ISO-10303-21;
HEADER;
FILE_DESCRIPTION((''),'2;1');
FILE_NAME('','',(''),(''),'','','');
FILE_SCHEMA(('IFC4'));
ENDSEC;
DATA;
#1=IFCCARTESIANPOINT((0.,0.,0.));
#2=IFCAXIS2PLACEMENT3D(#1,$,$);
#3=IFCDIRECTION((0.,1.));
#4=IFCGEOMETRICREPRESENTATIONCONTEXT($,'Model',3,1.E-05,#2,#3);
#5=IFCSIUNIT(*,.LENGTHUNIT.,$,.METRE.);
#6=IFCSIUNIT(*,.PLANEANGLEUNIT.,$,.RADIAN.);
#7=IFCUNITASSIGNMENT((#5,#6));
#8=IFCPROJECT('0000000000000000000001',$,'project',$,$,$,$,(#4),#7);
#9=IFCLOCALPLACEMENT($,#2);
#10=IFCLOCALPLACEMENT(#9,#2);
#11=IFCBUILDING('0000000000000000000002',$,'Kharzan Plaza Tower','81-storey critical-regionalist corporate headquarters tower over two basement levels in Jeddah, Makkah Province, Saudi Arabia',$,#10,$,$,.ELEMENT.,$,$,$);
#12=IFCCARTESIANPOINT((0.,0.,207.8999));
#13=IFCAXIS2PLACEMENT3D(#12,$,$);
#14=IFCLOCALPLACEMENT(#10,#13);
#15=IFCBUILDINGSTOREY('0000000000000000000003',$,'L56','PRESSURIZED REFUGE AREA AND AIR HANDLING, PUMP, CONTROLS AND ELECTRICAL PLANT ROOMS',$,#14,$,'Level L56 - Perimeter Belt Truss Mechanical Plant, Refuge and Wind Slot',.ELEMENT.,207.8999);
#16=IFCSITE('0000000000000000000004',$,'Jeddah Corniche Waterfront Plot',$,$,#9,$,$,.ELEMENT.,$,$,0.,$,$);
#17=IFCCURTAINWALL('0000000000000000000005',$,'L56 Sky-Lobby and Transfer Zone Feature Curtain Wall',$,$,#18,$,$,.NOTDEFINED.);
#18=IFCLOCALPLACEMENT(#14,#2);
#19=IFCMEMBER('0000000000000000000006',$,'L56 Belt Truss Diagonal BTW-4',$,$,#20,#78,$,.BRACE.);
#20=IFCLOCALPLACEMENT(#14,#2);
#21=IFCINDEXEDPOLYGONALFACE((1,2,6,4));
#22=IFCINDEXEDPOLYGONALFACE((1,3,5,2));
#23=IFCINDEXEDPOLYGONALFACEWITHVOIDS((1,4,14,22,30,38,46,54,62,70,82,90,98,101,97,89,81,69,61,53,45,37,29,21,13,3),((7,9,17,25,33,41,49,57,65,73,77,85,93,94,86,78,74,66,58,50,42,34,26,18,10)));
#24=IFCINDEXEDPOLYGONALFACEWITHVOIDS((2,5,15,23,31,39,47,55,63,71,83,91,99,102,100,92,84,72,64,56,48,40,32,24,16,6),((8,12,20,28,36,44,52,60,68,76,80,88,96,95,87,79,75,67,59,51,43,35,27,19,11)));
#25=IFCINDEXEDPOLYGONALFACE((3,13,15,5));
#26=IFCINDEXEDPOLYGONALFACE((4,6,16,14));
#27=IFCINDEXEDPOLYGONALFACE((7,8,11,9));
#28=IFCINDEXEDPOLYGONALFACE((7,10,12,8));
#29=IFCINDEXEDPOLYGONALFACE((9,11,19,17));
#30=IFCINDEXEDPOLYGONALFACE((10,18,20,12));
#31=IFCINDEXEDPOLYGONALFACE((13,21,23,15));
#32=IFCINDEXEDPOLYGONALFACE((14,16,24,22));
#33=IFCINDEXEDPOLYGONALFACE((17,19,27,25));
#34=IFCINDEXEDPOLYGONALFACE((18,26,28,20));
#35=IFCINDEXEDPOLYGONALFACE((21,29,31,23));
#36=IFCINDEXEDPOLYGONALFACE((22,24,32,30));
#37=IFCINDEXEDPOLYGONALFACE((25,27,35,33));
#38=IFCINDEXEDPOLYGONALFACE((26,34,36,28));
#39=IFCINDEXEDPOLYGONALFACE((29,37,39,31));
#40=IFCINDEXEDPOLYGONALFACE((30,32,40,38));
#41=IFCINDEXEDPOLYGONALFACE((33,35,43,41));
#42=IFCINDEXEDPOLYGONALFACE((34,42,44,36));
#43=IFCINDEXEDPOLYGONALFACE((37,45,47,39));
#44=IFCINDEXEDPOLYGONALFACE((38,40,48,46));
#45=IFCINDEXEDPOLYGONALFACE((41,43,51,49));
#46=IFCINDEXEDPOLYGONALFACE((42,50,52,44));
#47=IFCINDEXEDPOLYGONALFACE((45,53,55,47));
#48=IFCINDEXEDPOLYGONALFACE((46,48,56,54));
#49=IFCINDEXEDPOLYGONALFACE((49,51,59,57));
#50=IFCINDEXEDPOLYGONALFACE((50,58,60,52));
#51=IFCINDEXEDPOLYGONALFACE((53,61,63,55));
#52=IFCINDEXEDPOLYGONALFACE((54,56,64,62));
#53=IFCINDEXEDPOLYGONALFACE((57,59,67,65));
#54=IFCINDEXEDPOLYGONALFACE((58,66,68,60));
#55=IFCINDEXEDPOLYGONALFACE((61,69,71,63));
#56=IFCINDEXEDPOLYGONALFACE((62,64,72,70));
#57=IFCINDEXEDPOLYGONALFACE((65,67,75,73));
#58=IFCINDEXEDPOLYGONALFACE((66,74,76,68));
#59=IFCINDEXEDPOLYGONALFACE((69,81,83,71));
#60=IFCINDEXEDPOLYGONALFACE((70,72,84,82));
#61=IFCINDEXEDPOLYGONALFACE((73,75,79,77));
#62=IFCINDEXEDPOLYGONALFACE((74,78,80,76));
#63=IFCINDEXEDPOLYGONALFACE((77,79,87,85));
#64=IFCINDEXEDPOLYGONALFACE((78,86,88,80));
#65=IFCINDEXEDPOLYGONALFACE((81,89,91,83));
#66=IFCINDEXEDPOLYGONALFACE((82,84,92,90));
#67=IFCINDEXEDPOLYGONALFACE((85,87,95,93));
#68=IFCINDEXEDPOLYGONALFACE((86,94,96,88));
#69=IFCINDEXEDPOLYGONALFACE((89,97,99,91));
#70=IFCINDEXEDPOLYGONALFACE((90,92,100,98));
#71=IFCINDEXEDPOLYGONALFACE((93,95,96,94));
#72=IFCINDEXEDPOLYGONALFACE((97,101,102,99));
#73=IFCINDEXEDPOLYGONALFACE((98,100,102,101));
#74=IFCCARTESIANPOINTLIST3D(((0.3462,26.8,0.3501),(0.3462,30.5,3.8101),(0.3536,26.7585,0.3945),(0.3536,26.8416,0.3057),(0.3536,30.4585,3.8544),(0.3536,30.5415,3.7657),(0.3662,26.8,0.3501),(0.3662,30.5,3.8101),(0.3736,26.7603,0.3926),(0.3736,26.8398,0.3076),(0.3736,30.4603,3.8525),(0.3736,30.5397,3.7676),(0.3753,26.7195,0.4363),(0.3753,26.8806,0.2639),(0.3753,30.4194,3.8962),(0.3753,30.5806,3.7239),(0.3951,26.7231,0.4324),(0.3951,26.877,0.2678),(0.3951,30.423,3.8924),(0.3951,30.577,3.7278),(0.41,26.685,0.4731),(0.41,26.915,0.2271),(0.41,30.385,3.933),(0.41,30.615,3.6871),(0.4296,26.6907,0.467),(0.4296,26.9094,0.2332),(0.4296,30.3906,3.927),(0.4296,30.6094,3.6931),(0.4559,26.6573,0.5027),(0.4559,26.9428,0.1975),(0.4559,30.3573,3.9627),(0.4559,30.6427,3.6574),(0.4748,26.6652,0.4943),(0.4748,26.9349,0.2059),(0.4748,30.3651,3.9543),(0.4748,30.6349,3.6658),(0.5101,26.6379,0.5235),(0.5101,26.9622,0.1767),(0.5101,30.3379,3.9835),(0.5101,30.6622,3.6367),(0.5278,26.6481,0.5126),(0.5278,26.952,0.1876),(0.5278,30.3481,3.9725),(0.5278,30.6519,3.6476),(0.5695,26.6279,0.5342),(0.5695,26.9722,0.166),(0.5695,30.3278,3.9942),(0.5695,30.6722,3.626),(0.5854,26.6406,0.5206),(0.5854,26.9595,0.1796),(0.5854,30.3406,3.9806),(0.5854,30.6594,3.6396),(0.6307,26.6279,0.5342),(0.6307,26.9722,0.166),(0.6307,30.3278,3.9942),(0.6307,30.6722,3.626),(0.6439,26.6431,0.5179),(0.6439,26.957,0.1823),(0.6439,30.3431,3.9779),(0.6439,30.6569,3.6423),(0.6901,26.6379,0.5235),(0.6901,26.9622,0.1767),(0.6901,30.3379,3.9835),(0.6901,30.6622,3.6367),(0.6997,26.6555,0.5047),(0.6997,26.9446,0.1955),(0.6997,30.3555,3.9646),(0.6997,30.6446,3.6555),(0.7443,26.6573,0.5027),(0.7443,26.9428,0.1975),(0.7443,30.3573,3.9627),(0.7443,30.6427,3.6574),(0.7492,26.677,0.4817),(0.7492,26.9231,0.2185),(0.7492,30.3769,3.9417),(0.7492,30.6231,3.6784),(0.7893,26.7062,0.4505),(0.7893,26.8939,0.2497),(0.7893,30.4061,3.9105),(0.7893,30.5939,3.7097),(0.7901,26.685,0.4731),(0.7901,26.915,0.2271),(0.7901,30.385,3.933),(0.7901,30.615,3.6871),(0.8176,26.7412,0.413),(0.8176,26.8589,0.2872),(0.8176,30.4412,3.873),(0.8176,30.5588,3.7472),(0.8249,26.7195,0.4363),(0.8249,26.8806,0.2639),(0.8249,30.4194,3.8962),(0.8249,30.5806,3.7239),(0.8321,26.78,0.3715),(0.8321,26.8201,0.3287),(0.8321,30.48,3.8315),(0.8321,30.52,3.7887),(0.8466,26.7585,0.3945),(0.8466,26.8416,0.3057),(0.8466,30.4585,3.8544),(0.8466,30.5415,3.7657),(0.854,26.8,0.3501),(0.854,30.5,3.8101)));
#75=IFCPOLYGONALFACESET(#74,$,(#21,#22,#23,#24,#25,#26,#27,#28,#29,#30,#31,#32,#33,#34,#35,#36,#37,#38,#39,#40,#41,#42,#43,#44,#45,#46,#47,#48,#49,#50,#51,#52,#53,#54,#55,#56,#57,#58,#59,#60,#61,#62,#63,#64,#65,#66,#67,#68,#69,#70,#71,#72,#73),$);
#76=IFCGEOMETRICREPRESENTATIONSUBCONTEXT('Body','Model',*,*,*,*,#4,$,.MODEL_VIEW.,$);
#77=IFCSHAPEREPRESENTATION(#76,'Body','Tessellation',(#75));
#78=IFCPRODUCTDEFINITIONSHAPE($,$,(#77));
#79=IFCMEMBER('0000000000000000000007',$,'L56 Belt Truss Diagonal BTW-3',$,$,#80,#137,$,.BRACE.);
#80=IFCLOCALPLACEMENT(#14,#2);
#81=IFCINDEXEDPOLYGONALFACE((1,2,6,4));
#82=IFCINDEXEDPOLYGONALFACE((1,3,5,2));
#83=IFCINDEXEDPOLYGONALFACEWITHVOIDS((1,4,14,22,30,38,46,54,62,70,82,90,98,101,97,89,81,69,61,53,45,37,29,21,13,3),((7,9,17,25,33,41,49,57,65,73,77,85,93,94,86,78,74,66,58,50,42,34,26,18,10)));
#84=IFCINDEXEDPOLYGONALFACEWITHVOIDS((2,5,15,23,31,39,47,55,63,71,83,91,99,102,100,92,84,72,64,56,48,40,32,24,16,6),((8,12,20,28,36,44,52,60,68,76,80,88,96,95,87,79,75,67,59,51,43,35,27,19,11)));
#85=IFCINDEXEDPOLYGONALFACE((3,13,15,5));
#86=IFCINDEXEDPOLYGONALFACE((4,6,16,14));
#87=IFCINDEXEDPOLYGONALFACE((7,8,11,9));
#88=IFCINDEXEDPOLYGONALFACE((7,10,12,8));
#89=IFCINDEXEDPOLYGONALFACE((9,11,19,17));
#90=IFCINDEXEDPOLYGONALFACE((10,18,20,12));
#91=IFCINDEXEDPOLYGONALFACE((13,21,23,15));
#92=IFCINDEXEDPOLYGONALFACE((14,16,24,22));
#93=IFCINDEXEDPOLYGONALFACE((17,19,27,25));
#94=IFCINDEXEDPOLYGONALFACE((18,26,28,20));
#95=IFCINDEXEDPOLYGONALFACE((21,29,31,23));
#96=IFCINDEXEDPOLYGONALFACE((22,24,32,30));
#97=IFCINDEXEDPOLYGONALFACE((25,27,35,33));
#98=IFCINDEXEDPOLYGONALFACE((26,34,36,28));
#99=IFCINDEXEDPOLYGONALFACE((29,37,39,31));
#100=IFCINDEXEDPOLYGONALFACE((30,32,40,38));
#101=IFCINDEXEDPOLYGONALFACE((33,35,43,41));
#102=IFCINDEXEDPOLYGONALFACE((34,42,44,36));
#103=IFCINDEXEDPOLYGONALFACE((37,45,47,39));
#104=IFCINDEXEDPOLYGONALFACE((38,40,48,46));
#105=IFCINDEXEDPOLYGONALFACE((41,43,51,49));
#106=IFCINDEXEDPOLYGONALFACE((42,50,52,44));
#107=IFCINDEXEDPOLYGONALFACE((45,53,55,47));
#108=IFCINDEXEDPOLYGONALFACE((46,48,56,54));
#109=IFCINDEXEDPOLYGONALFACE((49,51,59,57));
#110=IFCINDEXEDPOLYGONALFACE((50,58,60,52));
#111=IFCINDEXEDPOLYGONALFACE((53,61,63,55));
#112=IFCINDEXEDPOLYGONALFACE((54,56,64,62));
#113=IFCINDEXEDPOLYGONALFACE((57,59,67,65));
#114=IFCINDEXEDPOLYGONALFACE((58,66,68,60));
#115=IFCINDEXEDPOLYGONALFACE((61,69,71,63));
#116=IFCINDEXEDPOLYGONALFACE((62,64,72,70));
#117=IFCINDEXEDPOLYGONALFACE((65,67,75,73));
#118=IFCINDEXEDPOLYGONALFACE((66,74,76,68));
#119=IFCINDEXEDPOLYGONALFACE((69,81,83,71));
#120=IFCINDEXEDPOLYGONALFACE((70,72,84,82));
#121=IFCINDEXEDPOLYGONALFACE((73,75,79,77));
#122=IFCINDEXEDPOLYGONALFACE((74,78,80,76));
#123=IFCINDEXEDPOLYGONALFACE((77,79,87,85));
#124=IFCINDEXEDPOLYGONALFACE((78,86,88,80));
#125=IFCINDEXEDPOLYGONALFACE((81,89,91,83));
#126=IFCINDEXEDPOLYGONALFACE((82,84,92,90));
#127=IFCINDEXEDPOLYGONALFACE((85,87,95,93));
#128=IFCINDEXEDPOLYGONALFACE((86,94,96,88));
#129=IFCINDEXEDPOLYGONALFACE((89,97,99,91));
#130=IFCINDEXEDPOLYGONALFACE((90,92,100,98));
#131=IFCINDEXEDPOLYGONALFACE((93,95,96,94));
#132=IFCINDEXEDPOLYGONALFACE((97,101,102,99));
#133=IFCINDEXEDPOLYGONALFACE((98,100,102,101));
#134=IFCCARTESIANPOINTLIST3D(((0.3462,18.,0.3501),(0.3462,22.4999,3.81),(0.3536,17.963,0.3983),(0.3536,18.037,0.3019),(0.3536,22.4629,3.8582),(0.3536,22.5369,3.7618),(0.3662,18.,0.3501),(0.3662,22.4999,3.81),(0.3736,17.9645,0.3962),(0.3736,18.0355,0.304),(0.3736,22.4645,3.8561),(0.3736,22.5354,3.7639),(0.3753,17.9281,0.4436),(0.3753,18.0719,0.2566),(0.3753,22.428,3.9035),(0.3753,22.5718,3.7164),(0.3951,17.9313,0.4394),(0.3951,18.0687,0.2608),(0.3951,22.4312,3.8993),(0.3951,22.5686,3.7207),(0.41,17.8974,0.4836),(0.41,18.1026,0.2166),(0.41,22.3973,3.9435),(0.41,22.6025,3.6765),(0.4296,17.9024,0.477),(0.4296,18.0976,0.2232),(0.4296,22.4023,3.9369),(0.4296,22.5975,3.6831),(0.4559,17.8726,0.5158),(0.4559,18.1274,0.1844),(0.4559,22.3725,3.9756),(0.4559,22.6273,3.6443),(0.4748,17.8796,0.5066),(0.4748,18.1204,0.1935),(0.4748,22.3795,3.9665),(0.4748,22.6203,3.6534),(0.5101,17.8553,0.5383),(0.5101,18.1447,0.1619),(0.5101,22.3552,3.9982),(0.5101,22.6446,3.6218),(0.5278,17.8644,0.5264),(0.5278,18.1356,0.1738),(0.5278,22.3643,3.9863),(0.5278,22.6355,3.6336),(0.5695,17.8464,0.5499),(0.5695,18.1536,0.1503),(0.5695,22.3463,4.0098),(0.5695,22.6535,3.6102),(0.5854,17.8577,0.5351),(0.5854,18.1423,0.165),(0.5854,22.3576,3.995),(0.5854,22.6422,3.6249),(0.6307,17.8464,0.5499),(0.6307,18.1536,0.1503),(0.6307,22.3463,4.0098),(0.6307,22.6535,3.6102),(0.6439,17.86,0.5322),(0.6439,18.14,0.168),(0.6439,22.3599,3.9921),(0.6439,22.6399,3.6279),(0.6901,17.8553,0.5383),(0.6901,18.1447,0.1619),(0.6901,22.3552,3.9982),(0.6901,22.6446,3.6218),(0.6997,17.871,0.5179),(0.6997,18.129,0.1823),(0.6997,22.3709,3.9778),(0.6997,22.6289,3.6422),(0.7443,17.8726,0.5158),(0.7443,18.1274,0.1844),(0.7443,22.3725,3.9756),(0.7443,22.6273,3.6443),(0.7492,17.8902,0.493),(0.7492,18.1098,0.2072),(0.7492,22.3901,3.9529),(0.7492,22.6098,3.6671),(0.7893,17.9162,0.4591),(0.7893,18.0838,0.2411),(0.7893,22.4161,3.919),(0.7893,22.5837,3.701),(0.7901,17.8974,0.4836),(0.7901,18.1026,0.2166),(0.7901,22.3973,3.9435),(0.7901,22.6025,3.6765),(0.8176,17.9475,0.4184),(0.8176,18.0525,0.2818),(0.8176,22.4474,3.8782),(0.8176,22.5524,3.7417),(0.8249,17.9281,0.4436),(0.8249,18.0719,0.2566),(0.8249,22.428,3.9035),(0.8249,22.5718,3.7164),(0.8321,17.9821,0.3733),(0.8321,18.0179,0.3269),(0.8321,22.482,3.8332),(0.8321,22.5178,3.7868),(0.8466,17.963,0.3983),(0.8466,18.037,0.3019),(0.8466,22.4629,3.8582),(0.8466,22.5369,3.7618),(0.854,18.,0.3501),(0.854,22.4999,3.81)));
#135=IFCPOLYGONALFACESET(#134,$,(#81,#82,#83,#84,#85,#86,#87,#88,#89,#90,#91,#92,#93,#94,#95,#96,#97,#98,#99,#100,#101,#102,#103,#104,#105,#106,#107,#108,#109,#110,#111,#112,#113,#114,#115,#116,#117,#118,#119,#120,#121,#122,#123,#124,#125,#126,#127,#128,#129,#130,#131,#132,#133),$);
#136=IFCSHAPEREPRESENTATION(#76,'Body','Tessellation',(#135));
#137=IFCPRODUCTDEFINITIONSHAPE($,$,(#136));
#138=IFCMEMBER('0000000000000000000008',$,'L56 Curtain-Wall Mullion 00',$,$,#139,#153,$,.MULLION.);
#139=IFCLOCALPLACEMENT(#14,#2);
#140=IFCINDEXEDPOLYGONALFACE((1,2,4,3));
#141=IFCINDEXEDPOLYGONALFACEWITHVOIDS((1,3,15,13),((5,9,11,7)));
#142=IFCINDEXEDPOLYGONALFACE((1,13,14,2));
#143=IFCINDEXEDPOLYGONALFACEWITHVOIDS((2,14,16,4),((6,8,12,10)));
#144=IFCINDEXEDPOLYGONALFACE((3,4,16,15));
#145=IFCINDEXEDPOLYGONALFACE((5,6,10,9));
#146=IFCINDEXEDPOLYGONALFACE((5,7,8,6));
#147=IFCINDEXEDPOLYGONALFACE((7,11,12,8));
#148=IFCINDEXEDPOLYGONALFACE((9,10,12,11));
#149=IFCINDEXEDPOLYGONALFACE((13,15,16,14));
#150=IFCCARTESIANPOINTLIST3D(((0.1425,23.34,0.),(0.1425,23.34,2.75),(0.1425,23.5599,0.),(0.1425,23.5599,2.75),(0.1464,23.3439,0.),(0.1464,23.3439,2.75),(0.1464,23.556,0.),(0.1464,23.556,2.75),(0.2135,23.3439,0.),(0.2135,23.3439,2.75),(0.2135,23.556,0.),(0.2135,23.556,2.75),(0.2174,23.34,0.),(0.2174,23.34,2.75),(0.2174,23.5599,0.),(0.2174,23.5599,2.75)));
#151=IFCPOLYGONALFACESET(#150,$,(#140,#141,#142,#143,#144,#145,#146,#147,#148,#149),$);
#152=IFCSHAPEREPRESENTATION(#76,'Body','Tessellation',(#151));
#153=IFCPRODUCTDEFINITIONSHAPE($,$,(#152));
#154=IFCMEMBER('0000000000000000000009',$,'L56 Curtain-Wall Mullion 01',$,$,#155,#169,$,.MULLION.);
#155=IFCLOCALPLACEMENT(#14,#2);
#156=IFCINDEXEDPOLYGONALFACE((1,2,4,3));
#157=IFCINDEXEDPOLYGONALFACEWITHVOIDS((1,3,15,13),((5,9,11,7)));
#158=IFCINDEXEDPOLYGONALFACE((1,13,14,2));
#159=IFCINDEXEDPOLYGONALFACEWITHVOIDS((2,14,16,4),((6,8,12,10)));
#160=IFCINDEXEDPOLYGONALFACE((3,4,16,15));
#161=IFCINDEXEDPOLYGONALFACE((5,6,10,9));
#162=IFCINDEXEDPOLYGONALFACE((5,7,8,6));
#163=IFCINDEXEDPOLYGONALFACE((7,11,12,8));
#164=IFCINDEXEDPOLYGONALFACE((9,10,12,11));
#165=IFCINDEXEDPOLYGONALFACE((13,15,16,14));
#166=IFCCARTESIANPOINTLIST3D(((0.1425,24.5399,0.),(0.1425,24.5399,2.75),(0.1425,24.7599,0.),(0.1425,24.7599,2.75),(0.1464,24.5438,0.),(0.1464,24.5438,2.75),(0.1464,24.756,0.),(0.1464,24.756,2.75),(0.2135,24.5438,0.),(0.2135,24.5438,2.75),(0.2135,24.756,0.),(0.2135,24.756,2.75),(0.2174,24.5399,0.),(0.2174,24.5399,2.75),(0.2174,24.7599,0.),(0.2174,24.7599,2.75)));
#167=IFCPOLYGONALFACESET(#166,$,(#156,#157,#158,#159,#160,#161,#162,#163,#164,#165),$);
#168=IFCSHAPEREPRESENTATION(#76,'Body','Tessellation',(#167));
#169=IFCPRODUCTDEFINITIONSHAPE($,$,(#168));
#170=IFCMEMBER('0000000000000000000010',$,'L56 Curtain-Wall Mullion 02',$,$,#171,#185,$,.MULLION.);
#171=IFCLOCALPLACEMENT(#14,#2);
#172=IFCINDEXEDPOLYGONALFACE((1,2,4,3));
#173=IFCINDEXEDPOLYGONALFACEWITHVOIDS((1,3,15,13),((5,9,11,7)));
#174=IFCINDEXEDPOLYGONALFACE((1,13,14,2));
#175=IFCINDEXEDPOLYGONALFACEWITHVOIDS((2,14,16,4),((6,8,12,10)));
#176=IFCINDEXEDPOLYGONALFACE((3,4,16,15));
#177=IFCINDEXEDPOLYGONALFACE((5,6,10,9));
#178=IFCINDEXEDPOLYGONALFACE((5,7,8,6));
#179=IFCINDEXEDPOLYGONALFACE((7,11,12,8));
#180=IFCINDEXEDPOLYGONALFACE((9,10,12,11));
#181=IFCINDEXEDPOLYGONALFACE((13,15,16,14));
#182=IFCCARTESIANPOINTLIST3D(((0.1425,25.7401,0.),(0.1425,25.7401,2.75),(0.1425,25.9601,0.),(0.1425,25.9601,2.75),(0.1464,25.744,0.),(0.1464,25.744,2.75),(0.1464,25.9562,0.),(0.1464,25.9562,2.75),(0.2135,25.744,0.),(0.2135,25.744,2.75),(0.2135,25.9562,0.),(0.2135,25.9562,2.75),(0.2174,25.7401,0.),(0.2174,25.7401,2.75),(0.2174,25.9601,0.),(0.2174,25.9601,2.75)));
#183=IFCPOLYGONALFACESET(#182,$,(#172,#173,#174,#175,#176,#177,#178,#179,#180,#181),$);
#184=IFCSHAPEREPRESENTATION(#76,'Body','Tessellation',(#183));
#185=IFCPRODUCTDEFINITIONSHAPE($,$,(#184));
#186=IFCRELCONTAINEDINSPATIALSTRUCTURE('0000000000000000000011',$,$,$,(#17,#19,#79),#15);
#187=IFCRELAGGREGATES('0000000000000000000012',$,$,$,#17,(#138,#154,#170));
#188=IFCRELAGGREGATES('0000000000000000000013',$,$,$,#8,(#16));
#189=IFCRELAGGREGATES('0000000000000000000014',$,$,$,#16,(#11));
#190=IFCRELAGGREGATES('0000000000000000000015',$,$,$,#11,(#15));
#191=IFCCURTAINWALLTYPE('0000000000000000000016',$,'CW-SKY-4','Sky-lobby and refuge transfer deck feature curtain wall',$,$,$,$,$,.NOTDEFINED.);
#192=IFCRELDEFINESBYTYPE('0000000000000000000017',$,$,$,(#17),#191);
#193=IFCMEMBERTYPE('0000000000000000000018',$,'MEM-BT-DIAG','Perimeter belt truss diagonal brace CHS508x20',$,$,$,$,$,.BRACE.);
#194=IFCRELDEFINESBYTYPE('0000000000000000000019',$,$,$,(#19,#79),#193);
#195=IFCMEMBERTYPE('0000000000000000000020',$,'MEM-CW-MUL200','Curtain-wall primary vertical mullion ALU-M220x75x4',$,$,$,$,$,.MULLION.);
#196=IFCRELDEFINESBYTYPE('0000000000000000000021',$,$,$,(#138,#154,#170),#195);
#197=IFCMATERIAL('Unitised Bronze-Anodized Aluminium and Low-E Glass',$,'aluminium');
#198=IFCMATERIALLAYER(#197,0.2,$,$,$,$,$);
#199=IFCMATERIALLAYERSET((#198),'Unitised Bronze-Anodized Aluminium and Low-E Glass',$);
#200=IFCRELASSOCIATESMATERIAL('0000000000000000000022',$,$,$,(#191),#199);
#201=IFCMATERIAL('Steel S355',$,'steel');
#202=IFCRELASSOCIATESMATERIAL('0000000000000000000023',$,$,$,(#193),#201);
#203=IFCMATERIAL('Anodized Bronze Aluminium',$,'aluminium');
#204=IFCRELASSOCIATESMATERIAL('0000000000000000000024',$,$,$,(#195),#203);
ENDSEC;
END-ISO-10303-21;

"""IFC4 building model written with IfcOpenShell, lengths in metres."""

from ifc_helpers import new_model, si_unit, direction, frame, origin, origin_2d, place, context, subcontext, project, spatial, hollow_rectangle, hollow_circle, extrude, source, transform, mapped, material, layer, layer_set, material_profile, profile_set, type_object, element, aggregate, save


model = new_model("IFC4")

# Units and contexts
model_context = context("Model", 3, precision=1e-05, world=origin(), true_north=direction((0.0, 1.0)))
body_context = subcontext(model_context, "Body", "Model", "MODEL_VIEW")
ifc_project = project(units=[si_unit("LENGTHUNIT", "METRE"), si_unit("PLANEANGLEUNIT", "RADIAN")], contexts=[model_context])

# Site, building, storey
site_placement = place(None, origin())
site = spatial("IfcSite", under=ifc_project, at=site_placement, Name="Jeddah Corniche Waterfront Plot", CompositionType="ELEMENT", RefElevation=0.0)
building_placement = place(site_placement, origin())
building = spatial("IfcBuilding", under=site, at=building_placement, Name="Kharzan Plaza Tower", Description="81-storey critical-regionalist corporate headquarters tower over two basement levels in Jeddah, Makkah Province, Saudi Arabia", CompositionType="ELEMENT")
storey_placement = place(building_placement, frame((0.0, 0.0, 207.8999)))
storey = spatial("IfcBuildingStorey", under=building, at=storey_placement, Name="L56", Description="PRESSURIZED REFUGE AREA AND AIR HANDLING, PUMP, CONTROLS AND ELECTRICAL PLANT ROOMS", LongName="Level L56 - Perimeter Belt Truss Mechanical Plant, Refuge and Wind Slot", CompositionType="ELEMENT", Elevation=207.8999)

# Shared definitions
ifc_material_1 = material(Name="Steel S355", Category="steel")

# Curtain wall
ifc_material_2 = material(Name="Unitised Bronze-Anodized Aluminium and Low-E Glass", Category="aluminium")
ifc_layer_1 = layer(ifc_material_2, 0.2)
ifc_layer_set_1 = layer_set([ifc_layer_1], Name="Unitised Bronze-Anodized Aluminium and Low-E Glass")
curtain_wall_type = type_object("IfcCurtainWallType", Name="CW-SKY-4", Description="Sky-lobby and refuge transfer deck feature curtain wall", PredefinedType="NOTDEFINED", material=ifc_layer_set_1)
curtain_wall_placement = place(storey_placement, origin())
curtain_wall = element("IfcCurtainWall", 1, at=curtain_wall_placement, inside=storey, type_object=curtain_wall_type, Name="L56 Sky-Lobby and Transfer Zone Feature Curtain Wall", PredefinedType="NOTDEFINED")
ifc_material_3 = material(Name="Anodized Bronze Aluminium", Category="aluminium")

# Members
ifc_material_profile_1 = material_profile(ifc_material_1, hollow_circle(Radius=0.2539, WallThickness=0.02, at=origin_2d()), Name="CHS508x20")
ifc_profile_set_1 = profile_set([ifc_material_profile_1], Name="Steel S355")
member_type_1 = type_object("IfcMemberType", Name="MEM-BT-DIAG", Description="Perimeter belt truss diagonal brace CHS508x20", PredefinedType="BRACE", material=ifc_profile_set_1)
shared_shape_1 = source(origin(), body_context, "Body", "SweptSolid", [
    extrude(hollow_circle(Radius=0.2539, WallThickness=0.02, at=origin_2d()), origin(), (0.0, 0.0, 1.0), 5.0657),
])
member_1_placement = place(storey_placement, frame((0.6001, 26.8, 0.3501), z_axis=(0.0, 0.730398, 0.683022), x_axis=(-1.0, 0.0, 0.0)))
element("IfcMember", 2, at=member_1_placement, inside=storey, type_object=member_type_1, Name="L56 Belt Truss Diagonal BTW-4", PredefinedType="BRACE", context=body_context, shape_type="MappedRepresentation", body=[
    mapped(shared_shape_1, transform((0.0, 0.0, 0.0), x_axis=(1.0, 0.0, 0.0), y_axis=(0.0, 1.0, 0.0), z_axis=(0.0, 0.0, 1.0))),
])
shared_shape_2 = source(origin(), body_context, "Body", "SweptSolid", [
    extrude(hollow_circle(Radius=0.2539, WallThickness=0.02, at=origin_2d()), origin(), (0.0, 0.0, 1.0), 5.6763),
])
member_2_placement = place(storey_placement, frame((0.6001, 18.0, 0.3501), z_axis=(0.0, 0.792758, 0.609536), x_axis=(-1.0, 0.0, 0.0)))
element("IfcMember", 3, at=member_2_placement, inside=storey, type_object=member_type_1, Name="L56 Belt Truss Diagonal BTW-3", PredefinedType="BRACE", context=body_context, shape_type="MappedRepresentation", body=[
    mapped(shared_shape_2, transform((0.0, 0.0, 0.0), x_axis=(1.0, 0.0, 0.0), y_axis=(0.0, 1.0, 0.0), z_axis=(0.0, 0.0, 1.0))),
])

# Members
ifc_material_profile_2 = material_profile(ifc_material_3, hollow_rectangle(XDim=0.075, YDim=0.22, WallThickness=0.0039, at=origin_2d()), Name="ALU-M220x75x4")
ifc_profile_set_2 = profile_set([ifc_material_profile_2], Name="Anodized Bronze Aluminium")
member_type_2 = type_object("IfcMemberType", Name="MEM-CW-MUL200", Description="Curtain-wall primary vertical mullion ALU-M220x75x4", PredefinedType="MULLION", material=ifc_profile_set_2)
shared_shape_3 = source(origin(), body_context, "Body", "SweptSolid", [
    extrude(hollow_rectangle(XDim=0.075, YDim=0.22, WallThickness=0.0039, at=origin_2d()), origin(), (0.0, 0.0, 1.0), 2.75),
])
member_3_placement = place(storey_placement, frame((0.1799, 23.45, 0.0), z_axis=(0.0, 0.0, 1.0), x_axis=(1.0, 0.0, 0.0)))
member_3 = element("IfcMember", 4, at=member_3_placement, type_object=member_type_2, Name="L56 Curtain-Wall Mullion 00", PredefinedType="MULLION", context=body_context, shape_type="MappedRepresentation", body=[
    mapped(shared_shape_3, transform((0.0, 0.0, 0.0), x_axis=(1.0, 0.0, 0.0), y_axis=(0.0, 1.0, 0.0), z_axis=(0.0, 0.0, 1.0))),
])
member_4_placement = place(storey_placement, frame((0.1799, 24.6499, 0.0), z_axis=(0.0, 0.0, 1.0), x_axis=(1.0, 0.0, 0.0)))
member_4 = element("IfcMember", 5, at=member_4_placement, type_object=member_type_2, Name="L56 Curtain-Wall Mullion 01", PredefinedType="MULLION", context=body_context, shape_type="MappedRepresentation", body=[
    mapped(shared_shape_3, transform((0.0, 0.0, 0.0), x_axis=(1.0, 0.0, 0.0), y_axis=(0.0, 1.0, 0.0), z_axis=(0.0, 0.0, 1.0))),
])
member_5_placement = place(storey_placement, frame((0.1799, 25.8501, 0.0), z_axis=(0.0, 0.0, 1.0), x_axis=(1.0, 0.0, 0.0)))
member_5 = element("IfcMember", 6, at=member_5_placement, type_object=member_type_2, Name="L56 Curtain-Wall Mullion 02", PredefinedType="MULLION", context=body_context, shape_type="MappedRepresentation", body=[
    mapped(shared_shape_3, transform((0.0, 0.0, 0.0), x_axis=(1.0, 0.0, 0.0), y_axis=(0.0, 1.0, 0.0), z_axis=(0.0, 0.0, 1.0))),
])

aggregate(curtain_wall, [member_3, member_4, member_5])

save(model, "model.ifc")
